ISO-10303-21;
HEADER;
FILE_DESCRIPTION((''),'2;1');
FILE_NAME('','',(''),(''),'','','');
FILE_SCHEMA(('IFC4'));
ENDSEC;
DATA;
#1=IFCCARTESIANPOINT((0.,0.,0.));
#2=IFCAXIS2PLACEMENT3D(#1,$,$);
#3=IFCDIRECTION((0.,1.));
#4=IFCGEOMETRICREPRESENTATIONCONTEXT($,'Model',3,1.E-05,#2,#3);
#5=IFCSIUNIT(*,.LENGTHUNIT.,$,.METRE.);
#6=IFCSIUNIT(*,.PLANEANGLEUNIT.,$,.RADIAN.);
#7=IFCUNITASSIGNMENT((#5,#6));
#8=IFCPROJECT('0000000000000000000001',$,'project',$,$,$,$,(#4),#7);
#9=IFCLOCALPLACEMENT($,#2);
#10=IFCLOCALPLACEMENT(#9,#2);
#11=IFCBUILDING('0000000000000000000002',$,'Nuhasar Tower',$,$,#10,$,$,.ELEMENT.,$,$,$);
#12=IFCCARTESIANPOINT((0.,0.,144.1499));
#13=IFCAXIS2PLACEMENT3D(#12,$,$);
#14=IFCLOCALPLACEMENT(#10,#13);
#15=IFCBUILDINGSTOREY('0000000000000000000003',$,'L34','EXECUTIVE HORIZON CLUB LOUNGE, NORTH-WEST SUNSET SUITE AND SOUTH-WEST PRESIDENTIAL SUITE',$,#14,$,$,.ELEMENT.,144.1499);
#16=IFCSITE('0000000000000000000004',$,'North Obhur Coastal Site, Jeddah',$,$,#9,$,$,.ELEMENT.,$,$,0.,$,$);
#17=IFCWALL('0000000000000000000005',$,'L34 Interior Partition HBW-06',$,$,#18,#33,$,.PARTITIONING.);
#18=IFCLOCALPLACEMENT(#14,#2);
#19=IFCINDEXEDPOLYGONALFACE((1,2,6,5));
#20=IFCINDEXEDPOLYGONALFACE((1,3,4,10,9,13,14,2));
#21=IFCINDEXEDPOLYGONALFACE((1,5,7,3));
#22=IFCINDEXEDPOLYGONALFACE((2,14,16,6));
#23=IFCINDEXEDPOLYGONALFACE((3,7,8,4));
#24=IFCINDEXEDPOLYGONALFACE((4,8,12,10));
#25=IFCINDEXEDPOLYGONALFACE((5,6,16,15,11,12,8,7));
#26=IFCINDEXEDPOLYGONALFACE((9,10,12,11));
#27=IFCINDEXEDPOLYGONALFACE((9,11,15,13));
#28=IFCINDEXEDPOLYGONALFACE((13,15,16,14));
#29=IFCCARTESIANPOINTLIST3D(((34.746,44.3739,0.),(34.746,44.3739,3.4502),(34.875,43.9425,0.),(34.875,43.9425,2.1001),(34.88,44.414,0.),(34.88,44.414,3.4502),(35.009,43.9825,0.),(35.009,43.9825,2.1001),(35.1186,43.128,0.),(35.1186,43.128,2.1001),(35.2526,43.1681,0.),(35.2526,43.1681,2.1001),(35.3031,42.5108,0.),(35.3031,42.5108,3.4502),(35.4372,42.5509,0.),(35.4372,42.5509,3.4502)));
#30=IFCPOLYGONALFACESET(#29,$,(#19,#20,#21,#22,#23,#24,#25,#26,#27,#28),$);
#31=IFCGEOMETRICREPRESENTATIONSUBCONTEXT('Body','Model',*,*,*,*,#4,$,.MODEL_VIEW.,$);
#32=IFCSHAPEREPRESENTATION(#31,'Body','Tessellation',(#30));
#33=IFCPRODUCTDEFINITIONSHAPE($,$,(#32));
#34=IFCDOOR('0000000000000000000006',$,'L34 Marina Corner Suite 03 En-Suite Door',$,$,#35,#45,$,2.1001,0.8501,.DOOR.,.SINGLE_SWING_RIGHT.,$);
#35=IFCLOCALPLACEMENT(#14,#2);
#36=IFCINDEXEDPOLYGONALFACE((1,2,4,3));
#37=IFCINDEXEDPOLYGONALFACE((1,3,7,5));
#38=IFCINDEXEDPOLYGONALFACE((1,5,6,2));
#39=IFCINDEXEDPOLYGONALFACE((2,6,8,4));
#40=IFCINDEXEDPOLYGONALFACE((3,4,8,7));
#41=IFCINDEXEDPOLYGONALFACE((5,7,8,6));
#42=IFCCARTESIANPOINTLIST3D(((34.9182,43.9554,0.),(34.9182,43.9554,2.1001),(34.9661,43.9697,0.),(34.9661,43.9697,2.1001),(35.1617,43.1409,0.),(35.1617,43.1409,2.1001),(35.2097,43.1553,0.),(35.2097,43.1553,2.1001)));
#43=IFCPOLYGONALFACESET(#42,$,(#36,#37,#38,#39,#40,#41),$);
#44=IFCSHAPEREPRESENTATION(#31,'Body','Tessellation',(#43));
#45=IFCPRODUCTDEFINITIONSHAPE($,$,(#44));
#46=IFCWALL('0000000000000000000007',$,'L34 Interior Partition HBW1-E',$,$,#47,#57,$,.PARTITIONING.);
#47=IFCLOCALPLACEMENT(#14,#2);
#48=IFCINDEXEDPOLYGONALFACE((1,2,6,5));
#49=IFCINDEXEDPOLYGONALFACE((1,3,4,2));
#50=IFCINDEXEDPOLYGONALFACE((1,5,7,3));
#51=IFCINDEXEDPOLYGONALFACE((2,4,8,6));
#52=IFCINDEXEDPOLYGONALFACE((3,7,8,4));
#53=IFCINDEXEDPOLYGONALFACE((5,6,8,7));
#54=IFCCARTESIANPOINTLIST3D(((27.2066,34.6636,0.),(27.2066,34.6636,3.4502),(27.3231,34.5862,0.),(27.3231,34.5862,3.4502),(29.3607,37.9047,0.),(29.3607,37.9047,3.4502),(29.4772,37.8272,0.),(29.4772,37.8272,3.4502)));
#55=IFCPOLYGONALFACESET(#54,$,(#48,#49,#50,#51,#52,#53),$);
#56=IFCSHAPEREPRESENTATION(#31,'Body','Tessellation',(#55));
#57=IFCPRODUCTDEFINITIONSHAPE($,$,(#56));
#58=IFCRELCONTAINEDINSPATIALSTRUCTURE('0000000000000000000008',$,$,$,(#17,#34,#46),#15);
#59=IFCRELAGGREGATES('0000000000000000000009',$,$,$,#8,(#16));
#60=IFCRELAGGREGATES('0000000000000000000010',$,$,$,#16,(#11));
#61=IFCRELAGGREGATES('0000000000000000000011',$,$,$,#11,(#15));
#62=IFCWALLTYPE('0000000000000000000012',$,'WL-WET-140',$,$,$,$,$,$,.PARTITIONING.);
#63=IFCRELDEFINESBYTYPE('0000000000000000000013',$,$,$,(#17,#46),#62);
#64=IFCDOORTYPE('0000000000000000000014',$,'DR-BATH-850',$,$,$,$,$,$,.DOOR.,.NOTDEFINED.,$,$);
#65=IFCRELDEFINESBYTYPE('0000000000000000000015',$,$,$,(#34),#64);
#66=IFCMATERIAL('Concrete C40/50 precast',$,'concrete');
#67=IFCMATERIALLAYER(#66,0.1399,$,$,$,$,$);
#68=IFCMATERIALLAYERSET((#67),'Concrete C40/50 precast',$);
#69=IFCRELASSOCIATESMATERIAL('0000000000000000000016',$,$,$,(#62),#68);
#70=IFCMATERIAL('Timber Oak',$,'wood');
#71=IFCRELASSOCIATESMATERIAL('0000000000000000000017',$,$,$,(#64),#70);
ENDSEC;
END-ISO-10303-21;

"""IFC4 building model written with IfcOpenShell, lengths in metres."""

from ifc_helpers import new_model, si_unit, direction, frame, frame_2d, origin, place, context, subcontext, project, spatial, rectangle, extrude, material, layer, layer_set, type_object, element, fill, save


model = new_model("IFC4")

# Units and contexts
model_context = context("Model", 3, precision=1e-05, world=origin(), true_north=direction((0.0, 1.0)))
body_context = subcontext(model_context, "Body", "Model", "MODEL_VIEW")
ifc_project = project(units=[si_unit("LENGTHUNIT", "METRE"), si_unit("PLANEANGLEUNIT", "RADIAN")], contexts=[model_context])

# Site, building, storey
site_placement = place(None, origin())
site = spatial("IfcSite", under=ifc_project, at=site_placement, Name="North Obhur Coastal Site, Jeddah", CompositionType="ELEMENT", RefElevation=0.0)
building_placement = place(site_placement, origin())
building = spatial("IfcBuilding", under=site, at=building_placement, Name="Nuhasar Tower", CompositionType="ELEMENT")
storey_placement = place(building_placement, frame((0.0, 0.0, 144.1499)))
storey = spatial("IfcBuildingStorey", under=building, at=storey_placement, Name="L34", Description="EXECUTIVE HORIZON CLUB LOUNGE, NORTH-WEST SUNSET SUITE AND SOUTH-WEST PRESIDENTIAL SUITE", CompositionType="ELEMENT", Elevation=144.1499)

# Shared definitions
ifc_material_1 = material(Name="Timber Oak", Category="wood")

# Shared definitions
ifc_material_2 = material(Name="Concrete C40/50 precast", Category="concrete")

# Wall, opening, door
ifc_layer_1 = layer(ifc_material_2, 0.1399)
ifc_layer_set_1 = layer_set([ifc_layer_1], Name="Concrete C40/50 precast")
wall_type_1 = type_object("IfcWallType", Name="WL-WET-140", PredefinedType="PARTITIONING", material=ifc_layer_set_1)
wall_1_placement = place(storey_placement, frame((35.3701, 42.531, 0.0), z_axis=(0.0, 0.0, 1.0), x_axis=(-0.286507, 0.958078, 0.0)))
wall_1 = element("IfcWall", 1, at=wall_1_placement, inside=storey, type_object=wall_type_1, Name="L34 Interior Partition HBW-06", PredefinedType="PARTITIONING", context=body_context, shape_type="SweptSolid", body=[
    extrude(rectangle(XDim=1.9446, YDim=0.1399, at=frame_2d((0.9722, 0.0))), origin(), (0.0, 0.0, 1.0), 3.4502),
])
opening_1_placement = place(wall_1_placement, frame((0.644, 0.0, 0.0)))
opening_1 = element("IfcOpeningElement", 2, at=opening_1_placement, cuts=wall_1, PredefinedType="OPENING", context=body_context, shape_type="SweptSolid", body=[
    extrude(rectangle(XDim=0.8501, YDim=2.1001, at=frame_2d((0.425, 1.05))), frame((0.0, 0.0801, 0.0), z_axis=(0.0, -1.0, 0.0), x_axis=(1.0, 0.0, 0.0)), (0.0, 0.0, 1.0), 0.1599),
])
door_type_1 = type_object("IfcDoorType", Name="DR-BATH-850", OperationType="NOTDEFINED", PredefinedType="DOOR", material=ifc_material_1)
door_1_placement = place(opening_1_placement, origin())
door_1 = element("IfcDoor", 3, at=door_1_placement, inside=storey, type_object=door_type_1, Name="L34 Marina Corner Suite 03 En-Suite Door", OperationType="SINGLE_SWING_RIGHT", OverallHeight=2.1001, OverallWidth=0.8501, PredefinedType="DOOR", context=body_context, shape_type="SweptSolid", body=[
    extrude(rectangle(XDim=0.8501, YDim=2.1001, at=frame_2d((0.425, 1.05))), frame((0.0, 0.0249, 0.0), z_axis=(0.0, -1.0, 0.0), x_axis=(1.0, 0.0, 0.0)), (0.0, 0.0, 1.0), 0.05),
])
fill(opening_1, door_1)

# Wall
wall_2_placement = place(storey_placement, frame((29.4189, 37.866, 0.0), z_axis=(0.0, 0.0, 1.0), x_axis=(-0.553527, -0.832831, 0.0)))
element("IfcWall", 4, at=wall_2_placement, inside=storey, type_object=wall_type_1, Name="L34 Interior Partition HBW1-E", PredefinedType="PARTITIONING", context=body_context, shape_type="SweptSolid", body=[
    extrude(rectangle(XDim=3.8916, YDim=0.1399, at=frame_2d((1.9458, 0.0))), origin(), (0.0, 0.0, 1.0), 3.4502),
])

save(model, "model.ifc")
